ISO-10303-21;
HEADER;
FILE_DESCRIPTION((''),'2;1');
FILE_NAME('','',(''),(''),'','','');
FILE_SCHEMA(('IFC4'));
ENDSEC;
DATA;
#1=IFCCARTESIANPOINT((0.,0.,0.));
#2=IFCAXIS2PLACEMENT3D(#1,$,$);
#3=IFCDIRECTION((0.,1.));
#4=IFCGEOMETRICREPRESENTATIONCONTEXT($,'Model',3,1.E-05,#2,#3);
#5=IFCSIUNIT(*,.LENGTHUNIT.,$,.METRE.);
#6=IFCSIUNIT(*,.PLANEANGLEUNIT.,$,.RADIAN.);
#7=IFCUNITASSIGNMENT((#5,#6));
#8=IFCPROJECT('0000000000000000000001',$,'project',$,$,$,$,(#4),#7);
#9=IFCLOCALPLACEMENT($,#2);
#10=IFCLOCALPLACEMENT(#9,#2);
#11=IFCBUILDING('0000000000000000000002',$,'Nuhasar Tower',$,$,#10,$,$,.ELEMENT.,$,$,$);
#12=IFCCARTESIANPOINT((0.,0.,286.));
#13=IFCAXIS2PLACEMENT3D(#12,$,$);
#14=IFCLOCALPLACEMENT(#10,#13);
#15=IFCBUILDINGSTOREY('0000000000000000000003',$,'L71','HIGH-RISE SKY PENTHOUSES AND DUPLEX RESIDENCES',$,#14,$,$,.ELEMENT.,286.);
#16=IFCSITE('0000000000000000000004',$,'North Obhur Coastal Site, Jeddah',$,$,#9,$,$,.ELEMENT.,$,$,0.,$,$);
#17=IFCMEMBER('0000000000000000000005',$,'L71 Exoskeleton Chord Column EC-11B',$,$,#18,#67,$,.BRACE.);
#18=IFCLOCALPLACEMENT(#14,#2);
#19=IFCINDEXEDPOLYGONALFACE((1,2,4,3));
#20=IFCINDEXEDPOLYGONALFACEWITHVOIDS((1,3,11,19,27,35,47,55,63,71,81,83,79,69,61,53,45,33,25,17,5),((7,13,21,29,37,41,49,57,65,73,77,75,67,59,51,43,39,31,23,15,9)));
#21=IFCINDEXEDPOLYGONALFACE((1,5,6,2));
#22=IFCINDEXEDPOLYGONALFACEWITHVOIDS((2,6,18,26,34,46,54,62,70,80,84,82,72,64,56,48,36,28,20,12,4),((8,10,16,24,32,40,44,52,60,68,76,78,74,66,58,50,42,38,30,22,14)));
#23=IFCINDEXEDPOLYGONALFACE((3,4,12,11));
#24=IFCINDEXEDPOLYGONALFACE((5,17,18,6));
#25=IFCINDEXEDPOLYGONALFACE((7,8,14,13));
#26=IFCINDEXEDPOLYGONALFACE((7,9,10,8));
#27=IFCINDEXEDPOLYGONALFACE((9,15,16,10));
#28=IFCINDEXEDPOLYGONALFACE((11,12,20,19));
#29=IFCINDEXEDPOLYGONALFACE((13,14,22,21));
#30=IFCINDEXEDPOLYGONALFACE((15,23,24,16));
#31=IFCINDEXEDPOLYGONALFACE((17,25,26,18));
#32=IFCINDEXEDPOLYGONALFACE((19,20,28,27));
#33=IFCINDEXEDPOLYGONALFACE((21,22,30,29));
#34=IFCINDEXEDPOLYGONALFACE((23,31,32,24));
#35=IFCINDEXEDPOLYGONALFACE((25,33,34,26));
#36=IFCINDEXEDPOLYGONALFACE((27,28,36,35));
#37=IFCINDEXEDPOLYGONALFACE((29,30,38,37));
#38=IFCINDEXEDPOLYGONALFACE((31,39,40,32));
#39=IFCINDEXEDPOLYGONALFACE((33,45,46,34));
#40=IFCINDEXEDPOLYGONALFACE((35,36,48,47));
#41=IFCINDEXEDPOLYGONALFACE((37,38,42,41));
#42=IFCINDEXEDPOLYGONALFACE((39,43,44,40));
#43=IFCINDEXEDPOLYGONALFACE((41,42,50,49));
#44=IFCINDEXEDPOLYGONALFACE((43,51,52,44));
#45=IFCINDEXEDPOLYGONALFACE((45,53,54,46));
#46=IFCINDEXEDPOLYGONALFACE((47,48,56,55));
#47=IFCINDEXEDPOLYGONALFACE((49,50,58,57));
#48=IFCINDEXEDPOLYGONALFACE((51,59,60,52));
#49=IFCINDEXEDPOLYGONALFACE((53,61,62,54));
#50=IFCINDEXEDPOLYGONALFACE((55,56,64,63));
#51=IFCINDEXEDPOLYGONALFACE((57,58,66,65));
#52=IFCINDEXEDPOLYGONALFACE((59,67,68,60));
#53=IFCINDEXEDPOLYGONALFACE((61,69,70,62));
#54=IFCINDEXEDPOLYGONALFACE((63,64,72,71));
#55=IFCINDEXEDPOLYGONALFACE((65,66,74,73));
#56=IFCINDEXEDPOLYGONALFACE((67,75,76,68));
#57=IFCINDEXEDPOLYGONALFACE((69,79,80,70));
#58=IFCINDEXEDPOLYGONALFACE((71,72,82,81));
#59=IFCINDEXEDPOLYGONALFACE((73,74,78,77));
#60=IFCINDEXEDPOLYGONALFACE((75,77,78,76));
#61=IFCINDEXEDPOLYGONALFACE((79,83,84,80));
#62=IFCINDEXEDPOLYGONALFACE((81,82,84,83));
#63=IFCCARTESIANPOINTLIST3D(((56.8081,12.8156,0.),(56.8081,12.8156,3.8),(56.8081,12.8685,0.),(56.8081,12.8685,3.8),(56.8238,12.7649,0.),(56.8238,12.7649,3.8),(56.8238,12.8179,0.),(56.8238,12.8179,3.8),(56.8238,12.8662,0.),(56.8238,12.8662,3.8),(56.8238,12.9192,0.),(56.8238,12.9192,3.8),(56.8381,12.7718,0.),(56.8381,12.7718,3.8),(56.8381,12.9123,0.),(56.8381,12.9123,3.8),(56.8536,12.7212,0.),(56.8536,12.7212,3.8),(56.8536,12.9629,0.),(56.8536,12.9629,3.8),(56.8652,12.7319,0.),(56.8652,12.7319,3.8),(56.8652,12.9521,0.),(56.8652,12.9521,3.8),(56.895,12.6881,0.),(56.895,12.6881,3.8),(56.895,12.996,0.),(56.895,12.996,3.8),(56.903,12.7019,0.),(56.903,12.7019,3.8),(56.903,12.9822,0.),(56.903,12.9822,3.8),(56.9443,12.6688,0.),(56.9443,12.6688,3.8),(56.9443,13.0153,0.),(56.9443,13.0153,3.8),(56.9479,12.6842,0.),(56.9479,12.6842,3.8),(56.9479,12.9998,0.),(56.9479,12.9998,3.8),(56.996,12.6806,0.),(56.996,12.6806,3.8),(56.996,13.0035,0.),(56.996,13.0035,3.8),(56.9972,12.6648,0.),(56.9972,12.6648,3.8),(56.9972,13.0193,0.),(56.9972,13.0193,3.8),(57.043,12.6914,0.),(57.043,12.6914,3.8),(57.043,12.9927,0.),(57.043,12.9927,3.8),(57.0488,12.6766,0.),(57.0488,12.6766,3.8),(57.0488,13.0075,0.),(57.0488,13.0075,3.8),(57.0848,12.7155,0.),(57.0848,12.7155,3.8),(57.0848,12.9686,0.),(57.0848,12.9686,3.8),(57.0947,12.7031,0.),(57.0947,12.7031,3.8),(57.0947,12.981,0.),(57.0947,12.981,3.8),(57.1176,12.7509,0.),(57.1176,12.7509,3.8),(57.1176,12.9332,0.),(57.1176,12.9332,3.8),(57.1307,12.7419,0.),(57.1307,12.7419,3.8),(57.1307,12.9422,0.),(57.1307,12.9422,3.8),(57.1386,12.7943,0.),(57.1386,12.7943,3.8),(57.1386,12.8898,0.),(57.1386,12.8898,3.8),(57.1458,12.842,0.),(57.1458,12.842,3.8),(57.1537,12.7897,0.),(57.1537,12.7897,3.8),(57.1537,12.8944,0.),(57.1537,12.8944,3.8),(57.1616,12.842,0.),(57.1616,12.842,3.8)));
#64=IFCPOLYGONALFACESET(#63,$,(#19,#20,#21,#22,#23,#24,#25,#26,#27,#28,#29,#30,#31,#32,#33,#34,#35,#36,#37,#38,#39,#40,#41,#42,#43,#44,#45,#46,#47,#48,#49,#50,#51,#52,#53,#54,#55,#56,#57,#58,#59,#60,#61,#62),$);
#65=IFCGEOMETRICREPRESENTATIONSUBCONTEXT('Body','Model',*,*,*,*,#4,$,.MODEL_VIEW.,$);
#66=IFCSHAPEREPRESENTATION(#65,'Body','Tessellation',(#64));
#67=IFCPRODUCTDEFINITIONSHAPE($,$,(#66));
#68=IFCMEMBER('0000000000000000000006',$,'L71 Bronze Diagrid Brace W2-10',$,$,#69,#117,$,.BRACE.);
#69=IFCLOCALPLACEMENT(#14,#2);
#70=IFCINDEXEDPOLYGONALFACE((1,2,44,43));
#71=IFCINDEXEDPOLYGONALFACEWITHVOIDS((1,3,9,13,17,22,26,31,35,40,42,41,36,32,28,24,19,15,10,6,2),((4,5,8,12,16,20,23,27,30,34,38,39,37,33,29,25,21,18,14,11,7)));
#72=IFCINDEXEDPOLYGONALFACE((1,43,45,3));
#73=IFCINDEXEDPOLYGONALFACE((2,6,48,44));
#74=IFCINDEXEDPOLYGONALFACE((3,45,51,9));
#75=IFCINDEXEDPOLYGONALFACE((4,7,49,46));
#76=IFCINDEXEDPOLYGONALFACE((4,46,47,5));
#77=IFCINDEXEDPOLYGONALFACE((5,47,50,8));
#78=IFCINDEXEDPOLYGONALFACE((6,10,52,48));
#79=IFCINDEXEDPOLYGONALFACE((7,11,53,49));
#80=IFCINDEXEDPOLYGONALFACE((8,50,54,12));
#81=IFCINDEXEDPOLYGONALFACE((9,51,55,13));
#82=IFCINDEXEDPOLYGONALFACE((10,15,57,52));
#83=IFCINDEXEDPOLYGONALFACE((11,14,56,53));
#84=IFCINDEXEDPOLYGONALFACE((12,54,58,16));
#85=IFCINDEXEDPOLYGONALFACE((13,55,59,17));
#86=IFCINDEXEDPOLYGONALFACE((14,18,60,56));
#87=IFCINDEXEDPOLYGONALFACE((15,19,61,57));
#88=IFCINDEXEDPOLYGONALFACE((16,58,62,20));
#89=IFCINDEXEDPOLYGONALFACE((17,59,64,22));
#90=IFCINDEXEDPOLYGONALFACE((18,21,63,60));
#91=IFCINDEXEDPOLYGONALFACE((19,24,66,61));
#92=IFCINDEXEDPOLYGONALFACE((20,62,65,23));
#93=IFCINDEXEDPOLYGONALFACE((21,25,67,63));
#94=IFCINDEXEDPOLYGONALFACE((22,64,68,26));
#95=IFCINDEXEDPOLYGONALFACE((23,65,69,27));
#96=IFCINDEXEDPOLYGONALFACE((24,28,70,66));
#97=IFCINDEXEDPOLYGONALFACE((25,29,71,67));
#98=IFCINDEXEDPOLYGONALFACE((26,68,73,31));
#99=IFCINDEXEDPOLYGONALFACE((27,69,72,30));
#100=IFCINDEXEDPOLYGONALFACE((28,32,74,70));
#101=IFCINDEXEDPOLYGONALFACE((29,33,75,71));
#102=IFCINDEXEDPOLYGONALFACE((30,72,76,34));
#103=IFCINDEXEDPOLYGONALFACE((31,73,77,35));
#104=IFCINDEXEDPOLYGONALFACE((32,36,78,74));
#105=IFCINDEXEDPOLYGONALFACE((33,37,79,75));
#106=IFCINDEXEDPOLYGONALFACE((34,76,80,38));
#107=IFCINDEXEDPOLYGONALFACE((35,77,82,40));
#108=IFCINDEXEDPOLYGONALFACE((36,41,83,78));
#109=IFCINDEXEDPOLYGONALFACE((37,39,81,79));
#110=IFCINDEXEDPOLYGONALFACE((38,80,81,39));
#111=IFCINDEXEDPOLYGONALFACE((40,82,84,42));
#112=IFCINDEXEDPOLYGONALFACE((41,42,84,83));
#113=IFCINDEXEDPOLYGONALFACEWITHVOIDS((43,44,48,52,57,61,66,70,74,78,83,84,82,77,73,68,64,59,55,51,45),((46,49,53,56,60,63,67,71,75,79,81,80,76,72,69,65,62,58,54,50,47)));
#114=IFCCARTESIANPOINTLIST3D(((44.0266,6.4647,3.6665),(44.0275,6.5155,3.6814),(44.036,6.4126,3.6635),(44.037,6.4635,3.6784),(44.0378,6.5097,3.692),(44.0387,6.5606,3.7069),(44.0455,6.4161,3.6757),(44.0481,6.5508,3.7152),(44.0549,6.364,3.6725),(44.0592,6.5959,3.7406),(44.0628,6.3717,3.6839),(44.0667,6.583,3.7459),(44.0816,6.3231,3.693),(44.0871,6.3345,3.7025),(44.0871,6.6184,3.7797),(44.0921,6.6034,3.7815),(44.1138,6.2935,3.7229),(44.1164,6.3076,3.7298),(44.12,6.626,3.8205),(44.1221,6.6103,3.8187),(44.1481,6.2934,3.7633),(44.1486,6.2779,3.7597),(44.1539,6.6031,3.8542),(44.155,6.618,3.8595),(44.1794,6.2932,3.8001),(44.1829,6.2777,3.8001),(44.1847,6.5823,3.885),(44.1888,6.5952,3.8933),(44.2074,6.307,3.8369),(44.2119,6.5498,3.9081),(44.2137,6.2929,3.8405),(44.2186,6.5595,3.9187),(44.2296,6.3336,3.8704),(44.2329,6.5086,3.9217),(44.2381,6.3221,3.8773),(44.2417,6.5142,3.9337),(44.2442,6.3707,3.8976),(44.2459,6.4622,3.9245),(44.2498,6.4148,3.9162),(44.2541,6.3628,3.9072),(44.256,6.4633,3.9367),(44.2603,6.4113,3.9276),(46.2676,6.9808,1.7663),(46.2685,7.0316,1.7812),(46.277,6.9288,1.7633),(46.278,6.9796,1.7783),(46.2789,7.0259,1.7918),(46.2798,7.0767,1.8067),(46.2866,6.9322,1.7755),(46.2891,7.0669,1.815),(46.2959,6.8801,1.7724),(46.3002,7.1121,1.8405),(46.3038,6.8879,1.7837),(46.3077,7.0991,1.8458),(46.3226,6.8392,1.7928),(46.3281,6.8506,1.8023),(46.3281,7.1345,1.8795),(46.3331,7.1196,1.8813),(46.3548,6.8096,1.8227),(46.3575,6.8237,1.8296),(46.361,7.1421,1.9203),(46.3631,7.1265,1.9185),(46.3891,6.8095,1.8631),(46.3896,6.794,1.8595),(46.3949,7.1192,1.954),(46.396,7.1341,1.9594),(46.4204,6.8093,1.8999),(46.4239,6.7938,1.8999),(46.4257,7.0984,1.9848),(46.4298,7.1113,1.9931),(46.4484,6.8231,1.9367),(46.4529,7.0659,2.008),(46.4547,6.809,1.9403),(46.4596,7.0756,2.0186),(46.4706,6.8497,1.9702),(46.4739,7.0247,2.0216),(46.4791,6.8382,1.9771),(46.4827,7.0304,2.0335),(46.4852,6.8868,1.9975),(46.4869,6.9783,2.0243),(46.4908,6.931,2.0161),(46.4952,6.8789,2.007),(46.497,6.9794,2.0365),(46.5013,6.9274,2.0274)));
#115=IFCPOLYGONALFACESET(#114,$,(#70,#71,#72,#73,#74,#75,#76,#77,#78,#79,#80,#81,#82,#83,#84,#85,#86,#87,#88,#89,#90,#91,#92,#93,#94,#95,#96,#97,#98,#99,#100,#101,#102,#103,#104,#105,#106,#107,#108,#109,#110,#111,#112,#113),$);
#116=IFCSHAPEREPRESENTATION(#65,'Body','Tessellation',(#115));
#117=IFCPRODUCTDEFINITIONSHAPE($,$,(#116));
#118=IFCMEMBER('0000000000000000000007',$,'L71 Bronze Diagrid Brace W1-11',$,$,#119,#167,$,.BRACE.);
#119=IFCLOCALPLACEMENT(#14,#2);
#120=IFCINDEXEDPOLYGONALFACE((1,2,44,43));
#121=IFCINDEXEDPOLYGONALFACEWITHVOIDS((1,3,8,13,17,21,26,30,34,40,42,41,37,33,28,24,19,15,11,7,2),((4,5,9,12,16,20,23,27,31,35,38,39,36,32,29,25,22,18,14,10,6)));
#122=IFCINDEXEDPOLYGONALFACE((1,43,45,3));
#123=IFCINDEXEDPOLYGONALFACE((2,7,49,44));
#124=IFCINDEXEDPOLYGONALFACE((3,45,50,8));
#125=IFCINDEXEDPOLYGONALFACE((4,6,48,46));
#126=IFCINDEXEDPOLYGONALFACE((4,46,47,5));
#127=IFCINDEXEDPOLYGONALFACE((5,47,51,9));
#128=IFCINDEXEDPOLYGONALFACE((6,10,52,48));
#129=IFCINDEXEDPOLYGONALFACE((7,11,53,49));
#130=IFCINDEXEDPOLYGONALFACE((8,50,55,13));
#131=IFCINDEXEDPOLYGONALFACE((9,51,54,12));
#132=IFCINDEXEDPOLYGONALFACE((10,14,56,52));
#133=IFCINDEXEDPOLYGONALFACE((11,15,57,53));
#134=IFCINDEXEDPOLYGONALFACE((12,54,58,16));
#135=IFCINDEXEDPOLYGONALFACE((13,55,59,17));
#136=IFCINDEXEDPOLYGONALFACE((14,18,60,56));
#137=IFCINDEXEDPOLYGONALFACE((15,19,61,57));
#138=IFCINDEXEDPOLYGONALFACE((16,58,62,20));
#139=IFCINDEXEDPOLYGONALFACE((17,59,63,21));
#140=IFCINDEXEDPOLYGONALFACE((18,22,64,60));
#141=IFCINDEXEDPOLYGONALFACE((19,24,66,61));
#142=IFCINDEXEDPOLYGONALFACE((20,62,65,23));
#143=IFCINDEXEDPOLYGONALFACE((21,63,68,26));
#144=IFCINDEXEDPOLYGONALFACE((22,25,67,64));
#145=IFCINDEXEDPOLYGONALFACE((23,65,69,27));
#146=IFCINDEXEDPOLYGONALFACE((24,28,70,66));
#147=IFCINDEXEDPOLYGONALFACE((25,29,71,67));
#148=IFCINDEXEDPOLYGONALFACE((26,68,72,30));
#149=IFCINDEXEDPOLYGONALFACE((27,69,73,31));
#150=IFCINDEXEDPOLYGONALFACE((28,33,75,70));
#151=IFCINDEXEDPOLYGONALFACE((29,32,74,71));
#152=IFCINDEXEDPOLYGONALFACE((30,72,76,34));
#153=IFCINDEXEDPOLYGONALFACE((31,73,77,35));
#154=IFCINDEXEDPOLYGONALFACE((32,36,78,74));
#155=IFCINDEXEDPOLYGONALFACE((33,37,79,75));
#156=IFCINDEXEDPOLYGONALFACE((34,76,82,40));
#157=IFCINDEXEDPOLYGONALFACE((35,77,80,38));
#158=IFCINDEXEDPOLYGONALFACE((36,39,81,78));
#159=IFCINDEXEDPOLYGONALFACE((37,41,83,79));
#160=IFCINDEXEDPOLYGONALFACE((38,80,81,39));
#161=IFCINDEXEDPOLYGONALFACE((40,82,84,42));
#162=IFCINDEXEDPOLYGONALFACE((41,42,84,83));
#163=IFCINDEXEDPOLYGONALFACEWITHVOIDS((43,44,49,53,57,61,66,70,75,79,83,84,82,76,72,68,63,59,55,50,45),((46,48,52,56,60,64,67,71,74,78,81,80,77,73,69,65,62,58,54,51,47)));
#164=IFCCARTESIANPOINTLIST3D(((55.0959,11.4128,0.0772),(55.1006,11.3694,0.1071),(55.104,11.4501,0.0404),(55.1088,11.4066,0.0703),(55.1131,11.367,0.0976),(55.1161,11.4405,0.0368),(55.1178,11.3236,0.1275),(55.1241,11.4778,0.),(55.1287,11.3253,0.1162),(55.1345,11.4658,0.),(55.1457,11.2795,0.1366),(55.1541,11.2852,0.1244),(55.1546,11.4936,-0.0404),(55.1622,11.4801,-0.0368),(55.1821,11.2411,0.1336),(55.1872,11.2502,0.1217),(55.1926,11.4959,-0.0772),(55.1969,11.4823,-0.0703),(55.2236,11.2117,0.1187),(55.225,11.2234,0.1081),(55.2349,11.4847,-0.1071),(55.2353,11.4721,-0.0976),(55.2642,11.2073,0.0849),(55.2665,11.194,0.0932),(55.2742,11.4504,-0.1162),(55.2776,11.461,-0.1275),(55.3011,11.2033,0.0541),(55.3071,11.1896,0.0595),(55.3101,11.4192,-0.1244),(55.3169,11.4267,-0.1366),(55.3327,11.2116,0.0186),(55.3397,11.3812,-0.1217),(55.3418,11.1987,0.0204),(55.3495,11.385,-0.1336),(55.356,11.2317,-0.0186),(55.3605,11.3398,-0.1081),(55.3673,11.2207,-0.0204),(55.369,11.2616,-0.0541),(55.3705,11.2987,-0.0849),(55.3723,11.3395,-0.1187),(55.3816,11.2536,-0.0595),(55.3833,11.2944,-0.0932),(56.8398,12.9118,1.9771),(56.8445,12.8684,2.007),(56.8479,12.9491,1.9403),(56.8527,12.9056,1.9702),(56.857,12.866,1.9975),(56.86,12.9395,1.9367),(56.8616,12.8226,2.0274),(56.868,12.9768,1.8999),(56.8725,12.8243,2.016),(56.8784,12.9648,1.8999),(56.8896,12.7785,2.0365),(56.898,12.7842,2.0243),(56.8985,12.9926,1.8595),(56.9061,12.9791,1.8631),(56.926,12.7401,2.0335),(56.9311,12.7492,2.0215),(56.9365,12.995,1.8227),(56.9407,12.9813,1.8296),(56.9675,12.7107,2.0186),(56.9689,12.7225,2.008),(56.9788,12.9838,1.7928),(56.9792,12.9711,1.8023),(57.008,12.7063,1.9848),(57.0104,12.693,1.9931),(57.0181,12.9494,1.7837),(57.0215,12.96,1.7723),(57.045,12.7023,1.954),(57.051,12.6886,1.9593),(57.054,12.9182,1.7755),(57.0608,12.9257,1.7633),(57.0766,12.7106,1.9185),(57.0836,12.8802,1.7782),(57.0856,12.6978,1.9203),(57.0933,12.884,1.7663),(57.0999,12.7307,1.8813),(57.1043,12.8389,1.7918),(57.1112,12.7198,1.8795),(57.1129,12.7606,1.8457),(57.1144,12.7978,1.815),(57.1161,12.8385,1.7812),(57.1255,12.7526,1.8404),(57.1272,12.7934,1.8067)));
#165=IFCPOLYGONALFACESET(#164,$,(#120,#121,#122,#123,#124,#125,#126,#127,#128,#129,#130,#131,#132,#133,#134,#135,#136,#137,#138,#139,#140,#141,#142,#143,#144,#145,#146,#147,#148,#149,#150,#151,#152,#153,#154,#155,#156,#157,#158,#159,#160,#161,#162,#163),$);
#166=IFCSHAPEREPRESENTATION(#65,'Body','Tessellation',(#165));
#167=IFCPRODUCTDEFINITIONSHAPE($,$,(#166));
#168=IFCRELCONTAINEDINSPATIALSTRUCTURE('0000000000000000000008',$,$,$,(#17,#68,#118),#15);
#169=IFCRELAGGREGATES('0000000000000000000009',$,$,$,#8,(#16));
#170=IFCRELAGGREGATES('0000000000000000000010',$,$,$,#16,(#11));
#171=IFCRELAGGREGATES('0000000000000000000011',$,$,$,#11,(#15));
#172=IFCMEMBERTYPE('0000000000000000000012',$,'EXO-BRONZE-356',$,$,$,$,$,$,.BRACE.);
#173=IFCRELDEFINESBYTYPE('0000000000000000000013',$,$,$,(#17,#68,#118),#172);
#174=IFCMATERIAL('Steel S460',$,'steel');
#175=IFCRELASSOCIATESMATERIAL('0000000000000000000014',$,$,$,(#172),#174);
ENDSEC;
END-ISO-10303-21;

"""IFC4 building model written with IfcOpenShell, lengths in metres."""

from ifc_helpers import new_model, si_unit, direction, frame, origin, origin_2d, place, context, subcontext, project, spatial, hollow_circle, extrude, material, material_profile, profile_set, type_object, element, save


model = new_model("IFC4")

# Units and contexts
model_context = context("Model", 3, precision=1e-05, world=origin(), true_north=direction((0.0, 1.0)))
body_context = subcontext(model_context, "Body", "Model", "MODEL_VIEW")
ifc_project = project(units=[si_unit("LENGTHUNIT", "METRE"), si_unit("PLANEANGLEUNIT", "RADIAN")], contexts=[model_context])

# Site, building, storey
site_placement = place(None, origin())
site = spatial("IfcSite", under=ifc_project, at=site_placement, Name="North Obhur Coastal Site, Jeddah", CompositionType="ELEMENT", RefElevation=0.0)
building_placement = place(site_placement, origin())
building = spatial("IfcBuilding", under=site, at=building_placement, Name="Nuhasar Tower", CompositionType="ELEMENT")
storey_placement = place(building_placement, frame((0.0, 0.0, 286.0)))
storey = spatial("IfcBuildingStorey", under=building, at=storey_placement, Name="L71", Description="HIGH-RISE SKY PENTHOUSES AND DUPLEX RESIDENCES", CompositionType="ELEMENT", Elevation=286.0)

# Members
ifc_material_1 = material(Name="Steel S460", Category="steel")
ifc_material_profile_1 = material_profile(ifc_material_1, hollow_circle(Radius=0.1777, WallThickness=0.0159, at=origin_2d()), Name="HSS355.6X15.9")
ifc_profile_set_1 = profile_set([ifc_material_profile_1], Name="Steel S460")
member_type_1 = type_object("IfcMemberType", Name="EXO-BRONZE-356", PredefinedType="BRACE", material=ifc_profile_set_1)
for number, where, z_axis, x_axis, name in (
    (1, (56.9839, 12.842, 0.0), (0.0, 0.0, 1.0), (1.0, 0.0, 0.0), "L71 Exoskeleton Chord Column EC-11B"),
):
    element("IfcMember", number, at=place(storey_placement, frame(where, z_axis=z_axis, x_axis=x_axis)), inside=storey, type_object=member_type_1, Name=name, PredefinedType="BRACE", context=body_context, shape_type="SweptSolid", body=[
        extrude(hollow_circle(Radius=0.1777, WallThickness=0.0159, at=origin_2d()), origin(), (0.0, 0.0, 1.0), 3.8),
    ])
member_1_placement = place(storey_placement, frame((46.384, 6.967, 1.8999), z_axis=(-0.751222, -0.173013, 0.636971), x_axis=(0.224433, -0.97449, 0.0)))
element("IfcMember", 2, at=member_1_placement, inside=storey, type_object=member_type_1, Name="L71 Bronze Diagrid Brace W2-10", PredefinedType="BRACE", context=body_context, shape_type="SweptSolid", body=[
    extrude(hollow_circle(Radius=0.1777, WallThickness=0.0159, at=origin_2d()), origin(), (0.0, 0.0, 1.0), 2.9832),
])
member_2_placement = place(storey_placement, frame((55.24, 11.343, 0.0), z_axis=(0.584625, 0.502534, 0.636925), x_axis=(-0.651857, 0.758342, 0.0)))
element("IfcMember", 3, at=member_2_placement, inside=storey, type_object=member_type_1, Name="L71 Bronze Diagrid Brace W1-11", PredefinedType="BRACE", context=body_context, shape_type="SweptSolid", body=[
    extrude(hollow_circle(Radius=0.1777, WallThickness=0.0159, at=origin_2d()), origin(), (0.0, 0.0, 1.0), 2.9829),
])

save(model, "model.ifc")
